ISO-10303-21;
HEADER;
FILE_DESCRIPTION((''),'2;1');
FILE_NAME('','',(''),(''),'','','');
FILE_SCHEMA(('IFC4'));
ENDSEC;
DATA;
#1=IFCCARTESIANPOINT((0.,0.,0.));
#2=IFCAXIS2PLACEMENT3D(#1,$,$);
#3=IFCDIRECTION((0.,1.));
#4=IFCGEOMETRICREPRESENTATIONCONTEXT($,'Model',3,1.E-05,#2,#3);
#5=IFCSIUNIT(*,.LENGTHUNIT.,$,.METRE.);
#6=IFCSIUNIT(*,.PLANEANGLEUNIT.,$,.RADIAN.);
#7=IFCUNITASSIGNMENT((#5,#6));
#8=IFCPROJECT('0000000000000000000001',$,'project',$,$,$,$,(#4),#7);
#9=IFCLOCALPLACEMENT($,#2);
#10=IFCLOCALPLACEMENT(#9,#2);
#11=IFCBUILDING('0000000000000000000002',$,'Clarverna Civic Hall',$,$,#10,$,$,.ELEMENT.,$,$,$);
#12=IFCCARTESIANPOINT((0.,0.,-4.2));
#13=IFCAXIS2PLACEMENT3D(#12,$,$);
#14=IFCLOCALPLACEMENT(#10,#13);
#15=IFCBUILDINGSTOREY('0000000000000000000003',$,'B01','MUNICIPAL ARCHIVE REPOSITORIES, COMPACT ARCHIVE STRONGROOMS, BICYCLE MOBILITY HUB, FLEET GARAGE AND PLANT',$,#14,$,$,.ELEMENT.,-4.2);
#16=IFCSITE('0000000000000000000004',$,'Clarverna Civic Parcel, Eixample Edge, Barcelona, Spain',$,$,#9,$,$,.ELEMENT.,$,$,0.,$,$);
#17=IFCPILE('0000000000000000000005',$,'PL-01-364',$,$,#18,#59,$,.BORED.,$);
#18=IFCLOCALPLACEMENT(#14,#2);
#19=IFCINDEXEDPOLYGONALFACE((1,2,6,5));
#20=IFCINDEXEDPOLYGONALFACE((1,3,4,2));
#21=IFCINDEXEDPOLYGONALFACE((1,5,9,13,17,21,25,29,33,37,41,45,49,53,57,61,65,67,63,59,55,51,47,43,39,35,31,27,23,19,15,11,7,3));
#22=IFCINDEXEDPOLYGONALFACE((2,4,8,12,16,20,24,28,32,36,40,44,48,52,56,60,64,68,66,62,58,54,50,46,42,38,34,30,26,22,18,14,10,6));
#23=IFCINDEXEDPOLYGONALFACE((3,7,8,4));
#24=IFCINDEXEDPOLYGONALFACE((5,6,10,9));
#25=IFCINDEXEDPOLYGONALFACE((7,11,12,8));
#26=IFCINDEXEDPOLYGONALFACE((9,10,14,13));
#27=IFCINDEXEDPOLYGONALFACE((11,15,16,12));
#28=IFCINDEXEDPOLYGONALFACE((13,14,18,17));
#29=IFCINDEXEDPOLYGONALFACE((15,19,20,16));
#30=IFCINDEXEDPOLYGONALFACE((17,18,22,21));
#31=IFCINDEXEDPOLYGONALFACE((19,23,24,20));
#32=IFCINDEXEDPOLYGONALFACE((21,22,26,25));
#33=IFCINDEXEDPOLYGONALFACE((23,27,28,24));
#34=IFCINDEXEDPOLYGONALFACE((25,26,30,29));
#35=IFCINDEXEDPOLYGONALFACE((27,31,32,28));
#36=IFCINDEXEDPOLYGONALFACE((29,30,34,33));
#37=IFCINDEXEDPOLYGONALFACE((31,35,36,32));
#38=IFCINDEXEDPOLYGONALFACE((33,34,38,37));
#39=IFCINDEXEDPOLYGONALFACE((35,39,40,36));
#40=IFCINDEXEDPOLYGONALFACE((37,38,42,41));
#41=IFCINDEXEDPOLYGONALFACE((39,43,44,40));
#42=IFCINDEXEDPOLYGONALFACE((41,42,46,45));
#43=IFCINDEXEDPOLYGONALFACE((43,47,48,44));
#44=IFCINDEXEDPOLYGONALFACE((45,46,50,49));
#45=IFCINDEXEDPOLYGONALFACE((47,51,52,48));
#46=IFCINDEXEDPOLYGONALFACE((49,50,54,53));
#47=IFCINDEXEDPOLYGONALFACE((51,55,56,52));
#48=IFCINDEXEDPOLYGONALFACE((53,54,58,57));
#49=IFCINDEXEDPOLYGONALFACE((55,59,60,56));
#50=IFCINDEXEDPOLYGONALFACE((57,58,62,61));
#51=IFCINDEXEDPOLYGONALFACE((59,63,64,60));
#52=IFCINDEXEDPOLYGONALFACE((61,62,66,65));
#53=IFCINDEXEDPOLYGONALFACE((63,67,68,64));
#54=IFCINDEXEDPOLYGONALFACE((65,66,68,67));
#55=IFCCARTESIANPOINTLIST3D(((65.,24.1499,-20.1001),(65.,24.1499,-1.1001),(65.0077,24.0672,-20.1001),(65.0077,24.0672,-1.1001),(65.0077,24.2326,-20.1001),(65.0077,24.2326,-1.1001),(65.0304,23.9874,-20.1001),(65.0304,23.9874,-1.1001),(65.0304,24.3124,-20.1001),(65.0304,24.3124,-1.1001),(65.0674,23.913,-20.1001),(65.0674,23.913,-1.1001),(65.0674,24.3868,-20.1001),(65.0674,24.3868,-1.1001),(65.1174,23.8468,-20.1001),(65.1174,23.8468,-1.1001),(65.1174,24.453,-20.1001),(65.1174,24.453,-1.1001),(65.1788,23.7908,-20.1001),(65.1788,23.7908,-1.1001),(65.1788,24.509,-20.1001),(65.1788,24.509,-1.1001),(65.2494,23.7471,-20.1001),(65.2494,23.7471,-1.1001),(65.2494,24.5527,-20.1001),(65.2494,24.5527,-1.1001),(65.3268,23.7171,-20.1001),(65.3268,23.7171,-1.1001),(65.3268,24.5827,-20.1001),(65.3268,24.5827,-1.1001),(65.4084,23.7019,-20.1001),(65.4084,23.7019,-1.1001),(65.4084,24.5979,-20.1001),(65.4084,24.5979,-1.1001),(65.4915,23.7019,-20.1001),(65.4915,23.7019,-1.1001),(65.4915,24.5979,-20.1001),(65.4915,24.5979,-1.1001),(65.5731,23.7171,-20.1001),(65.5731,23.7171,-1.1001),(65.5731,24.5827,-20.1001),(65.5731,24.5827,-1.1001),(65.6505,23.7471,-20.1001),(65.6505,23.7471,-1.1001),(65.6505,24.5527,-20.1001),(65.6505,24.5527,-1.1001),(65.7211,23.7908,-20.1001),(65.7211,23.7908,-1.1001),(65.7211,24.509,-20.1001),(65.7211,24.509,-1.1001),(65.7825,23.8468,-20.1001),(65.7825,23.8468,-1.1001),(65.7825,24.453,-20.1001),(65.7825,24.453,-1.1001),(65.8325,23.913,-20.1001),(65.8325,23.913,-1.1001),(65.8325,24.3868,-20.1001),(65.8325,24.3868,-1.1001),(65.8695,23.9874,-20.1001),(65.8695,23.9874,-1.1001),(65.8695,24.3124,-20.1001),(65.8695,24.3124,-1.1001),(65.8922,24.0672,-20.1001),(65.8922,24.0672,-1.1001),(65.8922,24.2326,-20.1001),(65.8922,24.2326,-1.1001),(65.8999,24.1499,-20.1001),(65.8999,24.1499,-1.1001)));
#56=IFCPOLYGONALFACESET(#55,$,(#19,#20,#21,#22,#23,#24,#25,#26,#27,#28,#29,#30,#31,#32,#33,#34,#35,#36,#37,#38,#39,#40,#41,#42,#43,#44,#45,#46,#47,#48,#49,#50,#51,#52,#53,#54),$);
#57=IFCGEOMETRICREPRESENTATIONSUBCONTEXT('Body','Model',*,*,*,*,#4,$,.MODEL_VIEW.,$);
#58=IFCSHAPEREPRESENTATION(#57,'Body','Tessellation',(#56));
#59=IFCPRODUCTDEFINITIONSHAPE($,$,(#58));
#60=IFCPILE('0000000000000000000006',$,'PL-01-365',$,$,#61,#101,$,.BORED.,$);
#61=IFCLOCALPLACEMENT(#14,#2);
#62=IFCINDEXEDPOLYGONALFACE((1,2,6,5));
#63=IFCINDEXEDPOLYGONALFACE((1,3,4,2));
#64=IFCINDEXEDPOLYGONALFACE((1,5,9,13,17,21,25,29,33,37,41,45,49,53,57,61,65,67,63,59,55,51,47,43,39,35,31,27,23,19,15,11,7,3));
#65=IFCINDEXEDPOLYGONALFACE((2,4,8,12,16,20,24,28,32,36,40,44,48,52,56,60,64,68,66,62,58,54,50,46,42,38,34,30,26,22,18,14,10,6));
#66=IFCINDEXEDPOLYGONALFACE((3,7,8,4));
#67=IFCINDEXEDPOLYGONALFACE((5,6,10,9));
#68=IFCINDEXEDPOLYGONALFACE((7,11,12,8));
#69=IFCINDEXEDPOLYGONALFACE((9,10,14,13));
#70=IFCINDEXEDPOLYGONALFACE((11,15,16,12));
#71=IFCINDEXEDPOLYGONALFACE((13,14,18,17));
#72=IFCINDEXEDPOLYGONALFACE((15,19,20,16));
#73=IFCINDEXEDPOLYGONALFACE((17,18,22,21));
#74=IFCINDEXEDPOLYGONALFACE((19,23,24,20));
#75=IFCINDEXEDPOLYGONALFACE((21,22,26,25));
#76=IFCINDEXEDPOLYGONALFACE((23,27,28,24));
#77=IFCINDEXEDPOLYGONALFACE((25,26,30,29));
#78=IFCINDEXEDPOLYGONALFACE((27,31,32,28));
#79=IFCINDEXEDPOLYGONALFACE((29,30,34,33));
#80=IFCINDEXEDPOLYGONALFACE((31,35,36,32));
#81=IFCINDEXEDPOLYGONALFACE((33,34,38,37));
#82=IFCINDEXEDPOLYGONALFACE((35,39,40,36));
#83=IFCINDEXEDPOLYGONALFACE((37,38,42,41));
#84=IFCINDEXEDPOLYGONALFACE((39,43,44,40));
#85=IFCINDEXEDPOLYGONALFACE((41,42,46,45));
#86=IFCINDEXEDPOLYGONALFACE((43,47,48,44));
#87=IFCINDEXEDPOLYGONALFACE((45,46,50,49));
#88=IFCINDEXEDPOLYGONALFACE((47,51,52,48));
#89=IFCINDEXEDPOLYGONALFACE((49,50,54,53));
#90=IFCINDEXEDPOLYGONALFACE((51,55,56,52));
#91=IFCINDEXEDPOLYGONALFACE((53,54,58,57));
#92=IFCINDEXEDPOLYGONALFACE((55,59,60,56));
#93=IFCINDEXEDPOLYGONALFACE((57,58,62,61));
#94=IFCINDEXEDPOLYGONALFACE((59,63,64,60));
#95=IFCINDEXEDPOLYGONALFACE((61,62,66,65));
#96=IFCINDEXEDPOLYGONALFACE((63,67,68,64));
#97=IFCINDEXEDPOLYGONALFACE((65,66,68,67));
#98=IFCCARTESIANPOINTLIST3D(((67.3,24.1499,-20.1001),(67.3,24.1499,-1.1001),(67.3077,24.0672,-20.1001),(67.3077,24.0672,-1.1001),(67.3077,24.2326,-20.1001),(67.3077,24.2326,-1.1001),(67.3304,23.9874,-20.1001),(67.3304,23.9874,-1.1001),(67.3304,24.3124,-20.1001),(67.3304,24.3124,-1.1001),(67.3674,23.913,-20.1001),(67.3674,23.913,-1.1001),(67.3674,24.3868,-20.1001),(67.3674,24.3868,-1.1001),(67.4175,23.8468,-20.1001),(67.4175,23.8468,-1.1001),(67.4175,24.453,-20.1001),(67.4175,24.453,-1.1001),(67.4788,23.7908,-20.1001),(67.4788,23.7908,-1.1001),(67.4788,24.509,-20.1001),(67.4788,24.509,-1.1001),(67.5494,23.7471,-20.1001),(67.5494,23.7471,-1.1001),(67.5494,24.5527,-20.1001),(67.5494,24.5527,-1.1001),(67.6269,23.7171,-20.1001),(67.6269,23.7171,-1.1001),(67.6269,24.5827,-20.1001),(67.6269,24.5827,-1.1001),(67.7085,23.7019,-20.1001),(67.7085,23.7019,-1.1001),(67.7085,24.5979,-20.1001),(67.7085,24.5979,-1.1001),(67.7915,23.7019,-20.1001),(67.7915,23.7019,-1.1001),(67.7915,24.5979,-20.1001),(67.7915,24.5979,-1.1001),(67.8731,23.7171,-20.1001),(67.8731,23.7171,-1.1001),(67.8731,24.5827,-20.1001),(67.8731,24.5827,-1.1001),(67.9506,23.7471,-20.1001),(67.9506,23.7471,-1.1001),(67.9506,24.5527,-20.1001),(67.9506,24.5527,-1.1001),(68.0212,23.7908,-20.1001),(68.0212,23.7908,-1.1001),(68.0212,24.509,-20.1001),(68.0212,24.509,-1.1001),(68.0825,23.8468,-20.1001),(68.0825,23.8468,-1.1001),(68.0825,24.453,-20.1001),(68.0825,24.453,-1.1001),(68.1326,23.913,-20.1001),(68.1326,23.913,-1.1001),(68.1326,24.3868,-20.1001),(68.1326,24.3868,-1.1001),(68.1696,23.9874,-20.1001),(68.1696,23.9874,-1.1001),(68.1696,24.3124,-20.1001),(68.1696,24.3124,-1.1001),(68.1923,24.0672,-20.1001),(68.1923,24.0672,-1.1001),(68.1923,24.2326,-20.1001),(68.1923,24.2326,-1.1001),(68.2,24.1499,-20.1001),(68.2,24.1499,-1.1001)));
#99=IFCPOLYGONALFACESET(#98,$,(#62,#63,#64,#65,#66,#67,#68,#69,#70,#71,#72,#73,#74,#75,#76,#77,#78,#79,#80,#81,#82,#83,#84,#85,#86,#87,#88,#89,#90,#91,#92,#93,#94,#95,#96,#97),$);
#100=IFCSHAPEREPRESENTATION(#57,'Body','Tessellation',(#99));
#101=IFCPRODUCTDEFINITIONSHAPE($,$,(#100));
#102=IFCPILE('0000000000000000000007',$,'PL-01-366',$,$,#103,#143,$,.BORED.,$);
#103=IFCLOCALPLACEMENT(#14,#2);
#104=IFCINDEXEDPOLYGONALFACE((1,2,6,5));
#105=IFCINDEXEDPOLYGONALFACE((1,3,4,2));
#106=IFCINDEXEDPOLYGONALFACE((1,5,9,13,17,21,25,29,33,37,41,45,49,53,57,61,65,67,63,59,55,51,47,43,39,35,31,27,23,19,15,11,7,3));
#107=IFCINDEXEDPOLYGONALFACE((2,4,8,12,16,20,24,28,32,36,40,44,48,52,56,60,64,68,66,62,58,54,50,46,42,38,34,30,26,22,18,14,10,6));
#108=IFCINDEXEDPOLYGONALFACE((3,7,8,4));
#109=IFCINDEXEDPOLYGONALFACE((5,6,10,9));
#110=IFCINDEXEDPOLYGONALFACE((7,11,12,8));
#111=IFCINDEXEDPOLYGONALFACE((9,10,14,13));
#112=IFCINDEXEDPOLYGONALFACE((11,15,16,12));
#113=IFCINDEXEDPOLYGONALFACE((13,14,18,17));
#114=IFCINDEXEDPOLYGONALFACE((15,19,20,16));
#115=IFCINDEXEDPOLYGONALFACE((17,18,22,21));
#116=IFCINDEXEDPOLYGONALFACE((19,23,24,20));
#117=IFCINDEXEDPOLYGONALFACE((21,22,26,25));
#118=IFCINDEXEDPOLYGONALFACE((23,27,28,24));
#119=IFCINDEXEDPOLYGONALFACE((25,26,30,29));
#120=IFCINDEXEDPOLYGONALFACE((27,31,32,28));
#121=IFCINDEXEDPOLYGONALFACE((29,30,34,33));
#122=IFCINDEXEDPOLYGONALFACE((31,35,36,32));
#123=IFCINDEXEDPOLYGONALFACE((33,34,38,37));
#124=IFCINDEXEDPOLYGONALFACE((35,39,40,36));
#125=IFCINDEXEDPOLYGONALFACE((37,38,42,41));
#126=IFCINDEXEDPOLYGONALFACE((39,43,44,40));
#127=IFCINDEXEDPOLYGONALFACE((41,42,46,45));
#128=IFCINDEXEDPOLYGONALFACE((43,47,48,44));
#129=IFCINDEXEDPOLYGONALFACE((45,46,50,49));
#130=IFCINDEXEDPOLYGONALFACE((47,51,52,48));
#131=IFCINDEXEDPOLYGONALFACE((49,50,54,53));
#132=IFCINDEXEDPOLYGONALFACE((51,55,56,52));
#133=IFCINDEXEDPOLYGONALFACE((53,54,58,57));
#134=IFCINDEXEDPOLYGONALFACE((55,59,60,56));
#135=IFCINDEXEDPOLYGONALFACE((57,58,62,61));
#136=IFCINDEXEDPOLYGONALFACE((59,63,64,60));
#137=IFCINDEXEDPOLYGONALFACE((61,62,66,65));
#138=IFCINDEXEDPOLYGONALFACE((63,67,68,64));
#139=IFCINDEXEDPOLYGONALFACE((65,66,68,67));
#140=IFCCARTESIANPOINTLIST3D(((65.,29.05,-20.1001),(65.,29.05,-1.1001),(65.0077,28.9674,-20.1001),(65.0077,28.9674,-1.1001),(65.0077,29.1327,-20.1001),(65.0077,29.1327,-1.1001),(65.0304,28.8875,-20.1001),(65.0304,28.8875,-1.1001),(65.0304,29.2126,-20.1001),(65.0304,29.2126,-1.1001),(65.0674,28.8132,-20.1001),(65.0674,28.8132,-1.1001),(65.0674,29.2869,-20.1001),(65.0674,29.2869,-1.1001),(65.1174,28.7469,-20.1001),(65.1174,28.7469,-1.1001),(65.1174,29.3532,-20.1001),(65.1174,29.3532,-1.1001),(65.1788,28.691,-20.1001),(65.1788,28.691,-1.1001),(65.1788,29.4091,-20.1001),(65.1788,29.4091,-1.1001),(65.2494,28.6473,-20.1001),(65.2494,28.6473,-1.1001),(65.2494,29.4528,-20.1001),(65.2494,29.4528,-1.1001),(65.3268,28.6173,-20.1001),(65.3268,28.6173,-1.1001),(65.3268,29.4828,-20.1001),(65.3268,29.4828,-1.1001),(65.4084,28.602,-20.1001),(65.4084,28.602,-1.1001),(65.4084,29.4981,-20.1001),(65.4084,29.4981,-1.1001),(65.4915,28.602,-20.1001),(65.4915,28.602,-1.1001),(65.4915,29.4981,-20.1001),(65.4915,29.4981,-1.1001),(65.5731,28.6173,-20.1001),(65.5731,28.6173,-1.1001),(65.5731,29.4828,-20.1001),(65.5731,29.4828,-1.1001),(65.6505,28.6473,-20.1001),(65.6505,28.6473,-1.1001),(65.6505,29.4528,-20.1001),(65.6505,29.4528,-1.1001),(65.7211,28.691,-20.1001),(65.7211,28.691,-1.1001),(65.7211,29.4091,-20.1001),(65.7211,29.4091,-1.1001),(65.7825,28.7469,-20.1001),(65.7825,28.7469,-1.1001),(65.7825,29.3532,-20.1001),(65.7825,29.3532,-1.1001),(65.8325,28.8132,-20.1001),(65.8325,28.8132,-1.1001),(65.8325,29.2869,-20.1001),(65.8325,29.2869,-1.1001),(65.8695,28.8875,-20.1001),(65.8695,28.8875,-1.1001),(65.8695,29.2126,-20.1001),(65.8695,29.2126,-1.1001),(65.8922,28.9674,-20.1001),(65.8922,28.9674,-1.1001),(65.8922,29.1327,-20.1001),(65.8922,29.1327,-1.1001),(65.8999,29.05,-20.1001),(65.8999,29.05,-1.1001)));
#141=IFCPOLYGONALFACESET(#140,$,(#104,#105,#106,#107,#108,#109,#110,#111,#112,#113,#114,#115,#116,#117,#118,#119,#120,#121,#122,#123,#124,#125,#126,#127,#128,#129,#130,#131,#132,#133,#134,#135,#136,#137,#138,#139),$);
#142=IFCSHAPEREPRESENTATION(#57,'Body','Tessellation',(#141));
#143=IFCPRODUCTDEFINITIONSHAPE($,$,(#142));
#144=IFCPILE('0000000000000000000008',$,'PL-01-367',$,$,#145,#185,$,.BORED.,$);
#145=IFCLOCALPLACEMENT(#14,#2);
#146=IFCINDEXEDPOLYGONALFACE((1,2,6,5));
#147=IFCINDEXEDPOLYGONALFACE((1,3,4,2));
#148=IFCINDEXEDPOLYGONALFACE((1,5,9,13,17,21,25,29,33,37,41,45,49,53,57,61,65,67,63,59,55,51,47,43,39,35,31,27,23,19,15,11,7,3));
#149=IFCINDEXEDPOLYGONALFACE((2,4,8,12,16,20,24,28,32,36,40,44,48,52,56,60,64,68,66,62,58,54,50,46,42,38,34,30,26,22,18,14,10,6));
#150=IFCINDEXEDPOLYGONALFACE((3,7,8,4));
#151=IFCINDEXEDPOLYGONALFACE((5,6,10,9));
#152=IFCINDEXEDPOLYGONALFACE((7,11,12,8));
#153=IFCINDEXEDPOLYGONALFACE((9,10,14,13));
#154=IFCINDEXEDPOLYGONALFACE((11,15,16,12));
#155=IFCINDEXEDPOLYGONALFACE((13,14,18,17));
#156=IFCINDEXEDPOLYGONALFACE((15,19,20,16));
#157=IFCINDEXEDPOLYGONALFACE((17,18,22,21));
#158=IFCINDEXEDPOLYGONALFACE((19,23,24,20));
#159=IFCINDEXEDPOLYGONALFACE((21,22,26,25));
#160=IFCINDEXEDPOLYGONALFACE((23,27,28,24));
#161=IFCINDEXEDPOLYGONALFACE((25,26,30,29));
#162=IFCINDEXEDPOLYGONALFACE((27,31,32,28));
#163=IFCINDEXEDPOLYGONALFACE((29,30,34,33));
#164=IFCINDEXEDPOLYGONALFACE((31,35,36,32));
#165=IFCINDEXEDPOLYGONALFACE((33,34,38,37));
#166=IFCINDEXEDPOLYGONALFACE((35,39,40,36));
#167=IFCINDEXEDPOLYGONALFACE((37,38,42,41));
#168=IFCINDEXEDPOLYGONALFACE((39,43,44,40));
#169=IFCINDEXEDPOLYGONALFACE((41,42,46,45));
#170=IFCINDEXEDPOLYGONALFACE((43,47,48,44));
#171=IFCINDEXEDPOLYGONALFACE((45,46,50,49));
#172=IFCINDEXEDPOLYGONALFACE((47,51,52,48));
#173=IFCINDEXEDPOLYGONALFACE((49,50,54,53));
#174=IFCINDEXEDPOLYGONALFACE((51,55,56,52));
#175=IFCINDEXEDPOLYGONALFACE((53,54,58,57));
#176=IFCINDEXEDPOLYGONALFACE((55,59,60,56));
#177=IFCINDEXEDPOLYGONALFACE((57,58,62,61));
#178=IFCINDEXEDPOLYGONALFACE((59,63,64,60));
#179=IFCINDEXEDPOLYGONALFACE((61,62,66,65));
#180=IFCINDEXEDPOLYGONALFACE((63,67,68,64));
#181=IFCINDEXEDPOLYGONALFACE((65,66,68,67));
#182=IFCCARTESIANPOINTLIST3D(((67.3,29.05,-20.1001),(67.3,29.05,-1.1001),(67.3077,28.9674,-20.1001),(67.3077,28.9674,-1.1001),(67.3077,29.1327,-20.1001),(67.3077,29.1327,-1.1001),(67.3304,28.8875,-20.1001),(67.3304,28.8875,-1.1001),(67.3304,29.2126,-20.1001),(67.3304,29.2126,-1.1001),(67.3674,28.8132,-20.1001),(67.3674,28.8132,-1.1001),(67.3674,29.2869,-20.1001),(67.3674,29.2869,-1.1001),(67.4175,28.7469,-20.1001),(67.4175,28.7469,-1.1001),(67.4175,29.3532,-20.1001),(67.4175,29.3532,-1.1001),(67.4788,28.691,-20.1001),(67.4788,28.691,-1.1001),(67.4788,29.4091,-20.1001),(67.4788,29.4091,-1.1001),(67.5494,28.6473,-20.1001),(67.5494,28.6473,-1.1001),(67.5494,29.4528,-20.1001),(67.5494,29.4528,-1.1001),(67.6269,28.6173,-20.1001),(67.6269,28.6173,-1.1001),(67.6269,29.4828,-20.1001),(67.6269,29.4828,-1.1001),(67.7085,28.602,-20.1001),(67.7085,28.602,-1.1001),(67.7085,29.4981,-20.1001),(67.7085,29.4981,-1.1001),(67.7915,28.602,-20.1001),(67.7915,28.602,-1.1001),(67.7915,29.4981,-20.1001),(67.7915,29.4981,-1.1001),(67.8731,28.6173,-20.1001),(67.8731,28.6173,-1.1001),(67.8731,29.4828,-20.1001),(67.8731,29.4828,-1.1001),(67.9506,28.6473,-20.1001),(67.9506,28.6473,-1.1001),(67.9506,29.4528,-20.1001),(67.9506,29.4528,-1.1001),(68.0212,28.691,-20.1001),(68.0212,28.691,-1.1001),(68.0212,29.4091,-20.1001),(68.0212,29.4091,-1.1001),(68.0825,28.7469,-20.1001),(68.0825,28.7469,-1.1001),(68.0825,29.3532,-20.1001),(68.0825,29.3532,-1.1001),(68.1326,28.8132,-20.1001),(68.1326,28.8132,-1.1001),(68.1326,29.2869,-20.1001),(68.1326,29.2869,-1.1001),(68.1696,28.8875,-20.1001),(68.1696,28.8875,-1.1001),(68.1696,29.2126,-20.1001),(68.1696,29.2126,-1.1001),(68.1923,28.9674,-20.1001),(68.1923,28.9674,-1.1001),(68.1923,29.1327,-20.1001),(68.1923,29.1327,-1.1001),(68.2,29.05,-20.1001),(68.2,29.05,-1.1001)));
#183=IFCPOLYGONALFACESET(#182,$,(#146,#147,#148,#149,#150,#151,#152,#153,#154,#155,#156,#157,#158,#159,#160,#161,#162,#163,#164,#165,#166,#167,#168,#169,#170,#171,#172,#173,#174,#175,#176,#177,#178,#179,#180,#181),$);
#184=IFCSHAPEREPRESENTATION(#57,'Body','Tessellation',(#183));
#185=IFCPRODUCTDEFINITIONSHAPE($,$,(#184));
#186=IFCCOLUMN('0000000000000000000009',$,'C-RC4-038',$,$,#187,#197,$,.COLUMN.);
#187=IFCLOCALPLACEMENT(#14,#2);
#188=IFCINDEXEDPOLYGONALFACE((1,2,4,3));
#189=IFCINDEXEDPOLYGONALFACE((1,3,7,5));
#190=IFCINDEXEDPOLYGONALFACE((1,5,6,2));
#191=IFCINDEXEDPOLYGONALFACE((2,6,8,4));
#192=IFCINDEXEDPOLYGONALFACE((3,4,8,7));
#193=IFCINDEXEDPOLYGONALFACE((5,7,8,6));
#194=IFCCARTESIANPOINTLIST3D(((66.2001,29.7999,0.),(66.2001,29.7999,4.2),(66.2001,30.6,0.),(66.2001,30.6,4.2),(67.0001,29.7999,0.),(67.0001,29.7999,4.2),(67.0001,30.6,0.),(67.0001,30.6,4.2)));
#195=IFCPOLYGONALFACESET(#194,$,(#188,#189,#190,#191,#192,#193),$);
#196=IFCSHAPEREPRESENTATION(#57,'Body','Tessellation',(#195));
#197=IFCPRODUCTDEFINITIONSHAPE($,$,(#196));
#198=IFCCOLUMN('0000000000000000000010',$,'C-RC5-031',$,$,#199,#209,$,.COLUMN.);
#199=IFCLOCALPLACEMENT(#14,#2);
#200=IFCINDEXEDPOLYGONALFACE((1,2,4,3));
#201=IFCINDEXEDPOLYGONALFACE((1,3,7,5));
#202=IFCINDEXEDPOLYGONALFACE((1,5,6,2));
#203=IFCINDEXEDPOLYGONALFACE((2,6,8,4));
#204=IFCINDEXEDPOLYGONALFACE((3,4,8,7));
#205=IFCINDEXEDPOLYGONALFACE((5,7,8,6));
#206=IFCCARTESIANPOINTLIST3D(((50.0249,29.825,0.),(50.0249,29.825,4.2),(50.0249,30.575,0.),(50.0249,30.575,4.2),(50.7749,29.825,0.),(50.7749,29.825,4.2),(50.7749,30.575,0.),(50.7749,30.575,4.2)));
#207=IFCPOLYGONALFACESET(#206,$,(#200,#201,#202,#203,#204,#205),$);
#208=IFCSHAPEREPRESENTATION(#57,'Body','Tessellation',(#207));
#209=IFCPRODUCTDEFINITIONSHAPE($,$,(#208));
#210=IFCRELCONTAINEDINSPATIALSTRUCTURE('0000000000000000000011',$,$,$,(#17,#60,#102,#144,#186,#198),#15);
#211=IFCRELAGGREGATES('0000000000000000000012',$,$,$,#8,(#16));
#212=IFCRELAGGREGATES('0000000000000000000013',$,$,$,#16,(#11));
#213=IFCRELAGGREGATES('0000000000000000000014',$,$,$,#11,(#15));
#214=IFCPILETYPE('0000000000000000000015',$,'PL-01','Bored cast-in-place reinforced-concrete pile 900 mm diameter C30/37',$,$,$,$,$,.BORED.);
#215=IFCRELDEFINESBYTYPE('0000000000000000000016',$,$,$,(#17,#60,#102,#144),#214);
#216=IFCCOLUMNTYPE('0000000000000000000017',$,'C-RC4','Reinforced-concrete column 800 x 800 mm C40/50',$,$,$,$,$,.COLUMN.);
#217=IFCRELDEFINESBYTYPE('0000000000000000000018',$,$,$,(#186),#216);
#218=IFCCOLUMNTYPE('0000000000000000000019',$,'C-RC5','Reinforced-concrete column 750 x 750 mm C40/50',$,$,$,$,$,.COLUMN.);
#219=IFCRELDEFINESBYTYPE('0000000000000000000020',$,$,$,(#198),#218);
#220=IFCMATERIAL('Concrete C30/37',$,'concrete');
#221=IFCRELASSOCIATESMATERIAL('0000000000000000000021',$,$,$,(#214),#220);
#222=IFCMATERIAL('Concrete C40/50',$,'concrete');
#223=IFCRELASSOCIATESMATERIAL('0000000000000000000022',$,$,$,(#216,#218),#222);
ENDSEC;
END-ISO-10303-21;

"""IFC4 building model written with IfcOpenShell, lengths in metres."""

from ifc_helpers import new_model, si_unit, direction, frame, origin, origin_2d, place, context, subcontext, project, spatial, rectangle, circle, extrude, material, material_profile, profile_set, type_object, element, save


model = new_model("IFC4")

# Units and contexts
model_context = context("Model", 3, precision=1e-05, world=origin(), true_north=direction((0.0, 1.0)))
body_context = subcontext(model_context, "Body", "Model", "MODEL_VIEW")
ifc_project = project(units=[si_unit("LENGTHUNIT", "METRE"), si_unit("PLANEANGLEUNIT", "RADIAN")], contexts=[model_context])

# Site, building, storey
site_placement = place(None, origin())
site = spatial("IfcSite", under=ifc_project, at=site_placement, Name="Clarverna Civic Parcel, Eixample Edge, Barcelona, Spain", CompositionType="ELEMENT", RefElevation=0.0)
building_placement = place(site_placement, origin())
building = spatial("IfcBuilding", under=site, at=building_placement, Name="Clarverna Civic Hall", CompositionType="ELEMENT")
storey_placement = place(building_placement, frame((0.0, 0.0, -4.2)))
storey = spatial("IfcBuildingStorey", under=building, at=storey_placement, Name="B01", Description="MUNICIPAL ARCHIVE REPOSITORIES, COMPACT ARCHIVE STRONGROOMS, BICYCLE MOBILITY HUB, FLEET GARAGE AND PLANT", CompositionType="ELEMENT", Elevation=-4.2)

# Shared definitions
ifc_material_1 = material(Name="Concrete C30/37", Category="concrete")

# Piles
ifc_material_profile_1 = material_profile(ifc_material_1, circle(Radius=0.45, at=origin_2d()), Name="BORED PILE D900")
ifc_profile_set_1 = profile_set([ifc_material_profile_1], Name="Concrete C30/37")
pile_type = type_object("IfcPileType", Name="PL-01", Description="Bored cast-in-place reinforced-concrete pile 900 mm diameter C30/37", PredefinedType="BORED", material=ifc_profile_set_1)
for number, where, z_axis, x_axis, name in (
    (1, (65.45, 24.1499, -1.1001), (0.0, 0.0, -1.0), (1.0, 0.0, 0.0), "PL-01-364"),
    (2, (67.75, 24.1499, -1.1001), (0.0, 0.0, -1.0), (1.0, 0.0, 0.0), "PL-01-365"),
    (3, (65.45, 29.05, -1.1001), (0.0, 0.0, -1.0), (1.0, 0.0, 0.0), "PL-01-366"),
    (4, (67.75, 29.05, -1.1001), (0.0, 0.0, -1.0), (1.0, 0.0, 0.0), "PL-01-367"),
):
    element("IfcPile", number, at=place(storey_placement, frame(where, z_axis=z_axis, x_axis=x_axis)), inside=storey, type_object=pile_type, Name=name, PredefinedType="BORED", context=body_context, shape_type="SweptSolid", body=[
        extrude(circle(Radius=0.45, at=origin_2d()), origin(), (0.0, 0.0, 1.0), 19.0),
    ])

# Columns
ifc_material_2 = material(Name="Concrete C40/50", Category="concrete")
ifc_material_profile_2 = material_profile(ifc_material_2, rectangle(XDim=0.8, YDim=0.8, at=origin_2d()), Name="RC 800x800")
ifc_profile_set_2 = profile_set([ifc_material_profile_2], Name="Concrete C40/50")
column_type_1 = type_object("IfcColumnType", Name="C-RC4", Description="Reinforced-concrete column 800 x 800 mm C40/50", PredefinedType="COLUMN", material=ifc_profile_set_2)
column_1_placement = place(storey_placement, frame((66.6001, 30.2, 0.0), z_axis=(0.0, 0.0, 1.0), x_axis=(1.0, 0.0, 0.0)))
element("IfcColumn", 5, at=column_1_placement, inside=storey, type_object=column_type_1, Name="C-RC4-038", PredefinedType="COLUMN", context=body_context, shape_type="SweptSolid", body=[
    extrude(rectangle(XDim=0.8, YDim=0.8, at=origin_2d()), origin(), (0.0, 0.0, 1.0), 4.2),
])
ifc_material_profile_3 = material_profile(ifc_material_2, rectangle(XDim=0.75, YDim=0.75, at=origin_2d()), Name="RC 750x750")
ifc_profile_set_3 = profile_set([ifc_material_profile_3], Name="Concrete C40/50")
column_type_2 = type_object("IfcColumnType", Name="C-RC5", Description="Reinforced-concrete column 750 x 750 mm C40/50", PredefinedType="COLUMN", material=ifc_profile_set_3)
column_2_placement = place(storey_placement, frame((50.3999, 30.2, 0.0), z_axis=(0.0, 0.0, 1.0), x_axis=(1.0, 0.0, 0.0)))
element("IfcColumn", 6, at=column_2_placement, inside=storey, type_object=column_type_2, Name="C-RC5-031", PredefinedType="COLUMN", context=body_context, shape_type="SweptSolid", body=[
    extrude(rectangle(XDim=0.75, YDim=0.75, at=origin_2d()), origin(), (0.0, 0.0, 1.0), 4.2),
])

save(model, "model.ifc")
